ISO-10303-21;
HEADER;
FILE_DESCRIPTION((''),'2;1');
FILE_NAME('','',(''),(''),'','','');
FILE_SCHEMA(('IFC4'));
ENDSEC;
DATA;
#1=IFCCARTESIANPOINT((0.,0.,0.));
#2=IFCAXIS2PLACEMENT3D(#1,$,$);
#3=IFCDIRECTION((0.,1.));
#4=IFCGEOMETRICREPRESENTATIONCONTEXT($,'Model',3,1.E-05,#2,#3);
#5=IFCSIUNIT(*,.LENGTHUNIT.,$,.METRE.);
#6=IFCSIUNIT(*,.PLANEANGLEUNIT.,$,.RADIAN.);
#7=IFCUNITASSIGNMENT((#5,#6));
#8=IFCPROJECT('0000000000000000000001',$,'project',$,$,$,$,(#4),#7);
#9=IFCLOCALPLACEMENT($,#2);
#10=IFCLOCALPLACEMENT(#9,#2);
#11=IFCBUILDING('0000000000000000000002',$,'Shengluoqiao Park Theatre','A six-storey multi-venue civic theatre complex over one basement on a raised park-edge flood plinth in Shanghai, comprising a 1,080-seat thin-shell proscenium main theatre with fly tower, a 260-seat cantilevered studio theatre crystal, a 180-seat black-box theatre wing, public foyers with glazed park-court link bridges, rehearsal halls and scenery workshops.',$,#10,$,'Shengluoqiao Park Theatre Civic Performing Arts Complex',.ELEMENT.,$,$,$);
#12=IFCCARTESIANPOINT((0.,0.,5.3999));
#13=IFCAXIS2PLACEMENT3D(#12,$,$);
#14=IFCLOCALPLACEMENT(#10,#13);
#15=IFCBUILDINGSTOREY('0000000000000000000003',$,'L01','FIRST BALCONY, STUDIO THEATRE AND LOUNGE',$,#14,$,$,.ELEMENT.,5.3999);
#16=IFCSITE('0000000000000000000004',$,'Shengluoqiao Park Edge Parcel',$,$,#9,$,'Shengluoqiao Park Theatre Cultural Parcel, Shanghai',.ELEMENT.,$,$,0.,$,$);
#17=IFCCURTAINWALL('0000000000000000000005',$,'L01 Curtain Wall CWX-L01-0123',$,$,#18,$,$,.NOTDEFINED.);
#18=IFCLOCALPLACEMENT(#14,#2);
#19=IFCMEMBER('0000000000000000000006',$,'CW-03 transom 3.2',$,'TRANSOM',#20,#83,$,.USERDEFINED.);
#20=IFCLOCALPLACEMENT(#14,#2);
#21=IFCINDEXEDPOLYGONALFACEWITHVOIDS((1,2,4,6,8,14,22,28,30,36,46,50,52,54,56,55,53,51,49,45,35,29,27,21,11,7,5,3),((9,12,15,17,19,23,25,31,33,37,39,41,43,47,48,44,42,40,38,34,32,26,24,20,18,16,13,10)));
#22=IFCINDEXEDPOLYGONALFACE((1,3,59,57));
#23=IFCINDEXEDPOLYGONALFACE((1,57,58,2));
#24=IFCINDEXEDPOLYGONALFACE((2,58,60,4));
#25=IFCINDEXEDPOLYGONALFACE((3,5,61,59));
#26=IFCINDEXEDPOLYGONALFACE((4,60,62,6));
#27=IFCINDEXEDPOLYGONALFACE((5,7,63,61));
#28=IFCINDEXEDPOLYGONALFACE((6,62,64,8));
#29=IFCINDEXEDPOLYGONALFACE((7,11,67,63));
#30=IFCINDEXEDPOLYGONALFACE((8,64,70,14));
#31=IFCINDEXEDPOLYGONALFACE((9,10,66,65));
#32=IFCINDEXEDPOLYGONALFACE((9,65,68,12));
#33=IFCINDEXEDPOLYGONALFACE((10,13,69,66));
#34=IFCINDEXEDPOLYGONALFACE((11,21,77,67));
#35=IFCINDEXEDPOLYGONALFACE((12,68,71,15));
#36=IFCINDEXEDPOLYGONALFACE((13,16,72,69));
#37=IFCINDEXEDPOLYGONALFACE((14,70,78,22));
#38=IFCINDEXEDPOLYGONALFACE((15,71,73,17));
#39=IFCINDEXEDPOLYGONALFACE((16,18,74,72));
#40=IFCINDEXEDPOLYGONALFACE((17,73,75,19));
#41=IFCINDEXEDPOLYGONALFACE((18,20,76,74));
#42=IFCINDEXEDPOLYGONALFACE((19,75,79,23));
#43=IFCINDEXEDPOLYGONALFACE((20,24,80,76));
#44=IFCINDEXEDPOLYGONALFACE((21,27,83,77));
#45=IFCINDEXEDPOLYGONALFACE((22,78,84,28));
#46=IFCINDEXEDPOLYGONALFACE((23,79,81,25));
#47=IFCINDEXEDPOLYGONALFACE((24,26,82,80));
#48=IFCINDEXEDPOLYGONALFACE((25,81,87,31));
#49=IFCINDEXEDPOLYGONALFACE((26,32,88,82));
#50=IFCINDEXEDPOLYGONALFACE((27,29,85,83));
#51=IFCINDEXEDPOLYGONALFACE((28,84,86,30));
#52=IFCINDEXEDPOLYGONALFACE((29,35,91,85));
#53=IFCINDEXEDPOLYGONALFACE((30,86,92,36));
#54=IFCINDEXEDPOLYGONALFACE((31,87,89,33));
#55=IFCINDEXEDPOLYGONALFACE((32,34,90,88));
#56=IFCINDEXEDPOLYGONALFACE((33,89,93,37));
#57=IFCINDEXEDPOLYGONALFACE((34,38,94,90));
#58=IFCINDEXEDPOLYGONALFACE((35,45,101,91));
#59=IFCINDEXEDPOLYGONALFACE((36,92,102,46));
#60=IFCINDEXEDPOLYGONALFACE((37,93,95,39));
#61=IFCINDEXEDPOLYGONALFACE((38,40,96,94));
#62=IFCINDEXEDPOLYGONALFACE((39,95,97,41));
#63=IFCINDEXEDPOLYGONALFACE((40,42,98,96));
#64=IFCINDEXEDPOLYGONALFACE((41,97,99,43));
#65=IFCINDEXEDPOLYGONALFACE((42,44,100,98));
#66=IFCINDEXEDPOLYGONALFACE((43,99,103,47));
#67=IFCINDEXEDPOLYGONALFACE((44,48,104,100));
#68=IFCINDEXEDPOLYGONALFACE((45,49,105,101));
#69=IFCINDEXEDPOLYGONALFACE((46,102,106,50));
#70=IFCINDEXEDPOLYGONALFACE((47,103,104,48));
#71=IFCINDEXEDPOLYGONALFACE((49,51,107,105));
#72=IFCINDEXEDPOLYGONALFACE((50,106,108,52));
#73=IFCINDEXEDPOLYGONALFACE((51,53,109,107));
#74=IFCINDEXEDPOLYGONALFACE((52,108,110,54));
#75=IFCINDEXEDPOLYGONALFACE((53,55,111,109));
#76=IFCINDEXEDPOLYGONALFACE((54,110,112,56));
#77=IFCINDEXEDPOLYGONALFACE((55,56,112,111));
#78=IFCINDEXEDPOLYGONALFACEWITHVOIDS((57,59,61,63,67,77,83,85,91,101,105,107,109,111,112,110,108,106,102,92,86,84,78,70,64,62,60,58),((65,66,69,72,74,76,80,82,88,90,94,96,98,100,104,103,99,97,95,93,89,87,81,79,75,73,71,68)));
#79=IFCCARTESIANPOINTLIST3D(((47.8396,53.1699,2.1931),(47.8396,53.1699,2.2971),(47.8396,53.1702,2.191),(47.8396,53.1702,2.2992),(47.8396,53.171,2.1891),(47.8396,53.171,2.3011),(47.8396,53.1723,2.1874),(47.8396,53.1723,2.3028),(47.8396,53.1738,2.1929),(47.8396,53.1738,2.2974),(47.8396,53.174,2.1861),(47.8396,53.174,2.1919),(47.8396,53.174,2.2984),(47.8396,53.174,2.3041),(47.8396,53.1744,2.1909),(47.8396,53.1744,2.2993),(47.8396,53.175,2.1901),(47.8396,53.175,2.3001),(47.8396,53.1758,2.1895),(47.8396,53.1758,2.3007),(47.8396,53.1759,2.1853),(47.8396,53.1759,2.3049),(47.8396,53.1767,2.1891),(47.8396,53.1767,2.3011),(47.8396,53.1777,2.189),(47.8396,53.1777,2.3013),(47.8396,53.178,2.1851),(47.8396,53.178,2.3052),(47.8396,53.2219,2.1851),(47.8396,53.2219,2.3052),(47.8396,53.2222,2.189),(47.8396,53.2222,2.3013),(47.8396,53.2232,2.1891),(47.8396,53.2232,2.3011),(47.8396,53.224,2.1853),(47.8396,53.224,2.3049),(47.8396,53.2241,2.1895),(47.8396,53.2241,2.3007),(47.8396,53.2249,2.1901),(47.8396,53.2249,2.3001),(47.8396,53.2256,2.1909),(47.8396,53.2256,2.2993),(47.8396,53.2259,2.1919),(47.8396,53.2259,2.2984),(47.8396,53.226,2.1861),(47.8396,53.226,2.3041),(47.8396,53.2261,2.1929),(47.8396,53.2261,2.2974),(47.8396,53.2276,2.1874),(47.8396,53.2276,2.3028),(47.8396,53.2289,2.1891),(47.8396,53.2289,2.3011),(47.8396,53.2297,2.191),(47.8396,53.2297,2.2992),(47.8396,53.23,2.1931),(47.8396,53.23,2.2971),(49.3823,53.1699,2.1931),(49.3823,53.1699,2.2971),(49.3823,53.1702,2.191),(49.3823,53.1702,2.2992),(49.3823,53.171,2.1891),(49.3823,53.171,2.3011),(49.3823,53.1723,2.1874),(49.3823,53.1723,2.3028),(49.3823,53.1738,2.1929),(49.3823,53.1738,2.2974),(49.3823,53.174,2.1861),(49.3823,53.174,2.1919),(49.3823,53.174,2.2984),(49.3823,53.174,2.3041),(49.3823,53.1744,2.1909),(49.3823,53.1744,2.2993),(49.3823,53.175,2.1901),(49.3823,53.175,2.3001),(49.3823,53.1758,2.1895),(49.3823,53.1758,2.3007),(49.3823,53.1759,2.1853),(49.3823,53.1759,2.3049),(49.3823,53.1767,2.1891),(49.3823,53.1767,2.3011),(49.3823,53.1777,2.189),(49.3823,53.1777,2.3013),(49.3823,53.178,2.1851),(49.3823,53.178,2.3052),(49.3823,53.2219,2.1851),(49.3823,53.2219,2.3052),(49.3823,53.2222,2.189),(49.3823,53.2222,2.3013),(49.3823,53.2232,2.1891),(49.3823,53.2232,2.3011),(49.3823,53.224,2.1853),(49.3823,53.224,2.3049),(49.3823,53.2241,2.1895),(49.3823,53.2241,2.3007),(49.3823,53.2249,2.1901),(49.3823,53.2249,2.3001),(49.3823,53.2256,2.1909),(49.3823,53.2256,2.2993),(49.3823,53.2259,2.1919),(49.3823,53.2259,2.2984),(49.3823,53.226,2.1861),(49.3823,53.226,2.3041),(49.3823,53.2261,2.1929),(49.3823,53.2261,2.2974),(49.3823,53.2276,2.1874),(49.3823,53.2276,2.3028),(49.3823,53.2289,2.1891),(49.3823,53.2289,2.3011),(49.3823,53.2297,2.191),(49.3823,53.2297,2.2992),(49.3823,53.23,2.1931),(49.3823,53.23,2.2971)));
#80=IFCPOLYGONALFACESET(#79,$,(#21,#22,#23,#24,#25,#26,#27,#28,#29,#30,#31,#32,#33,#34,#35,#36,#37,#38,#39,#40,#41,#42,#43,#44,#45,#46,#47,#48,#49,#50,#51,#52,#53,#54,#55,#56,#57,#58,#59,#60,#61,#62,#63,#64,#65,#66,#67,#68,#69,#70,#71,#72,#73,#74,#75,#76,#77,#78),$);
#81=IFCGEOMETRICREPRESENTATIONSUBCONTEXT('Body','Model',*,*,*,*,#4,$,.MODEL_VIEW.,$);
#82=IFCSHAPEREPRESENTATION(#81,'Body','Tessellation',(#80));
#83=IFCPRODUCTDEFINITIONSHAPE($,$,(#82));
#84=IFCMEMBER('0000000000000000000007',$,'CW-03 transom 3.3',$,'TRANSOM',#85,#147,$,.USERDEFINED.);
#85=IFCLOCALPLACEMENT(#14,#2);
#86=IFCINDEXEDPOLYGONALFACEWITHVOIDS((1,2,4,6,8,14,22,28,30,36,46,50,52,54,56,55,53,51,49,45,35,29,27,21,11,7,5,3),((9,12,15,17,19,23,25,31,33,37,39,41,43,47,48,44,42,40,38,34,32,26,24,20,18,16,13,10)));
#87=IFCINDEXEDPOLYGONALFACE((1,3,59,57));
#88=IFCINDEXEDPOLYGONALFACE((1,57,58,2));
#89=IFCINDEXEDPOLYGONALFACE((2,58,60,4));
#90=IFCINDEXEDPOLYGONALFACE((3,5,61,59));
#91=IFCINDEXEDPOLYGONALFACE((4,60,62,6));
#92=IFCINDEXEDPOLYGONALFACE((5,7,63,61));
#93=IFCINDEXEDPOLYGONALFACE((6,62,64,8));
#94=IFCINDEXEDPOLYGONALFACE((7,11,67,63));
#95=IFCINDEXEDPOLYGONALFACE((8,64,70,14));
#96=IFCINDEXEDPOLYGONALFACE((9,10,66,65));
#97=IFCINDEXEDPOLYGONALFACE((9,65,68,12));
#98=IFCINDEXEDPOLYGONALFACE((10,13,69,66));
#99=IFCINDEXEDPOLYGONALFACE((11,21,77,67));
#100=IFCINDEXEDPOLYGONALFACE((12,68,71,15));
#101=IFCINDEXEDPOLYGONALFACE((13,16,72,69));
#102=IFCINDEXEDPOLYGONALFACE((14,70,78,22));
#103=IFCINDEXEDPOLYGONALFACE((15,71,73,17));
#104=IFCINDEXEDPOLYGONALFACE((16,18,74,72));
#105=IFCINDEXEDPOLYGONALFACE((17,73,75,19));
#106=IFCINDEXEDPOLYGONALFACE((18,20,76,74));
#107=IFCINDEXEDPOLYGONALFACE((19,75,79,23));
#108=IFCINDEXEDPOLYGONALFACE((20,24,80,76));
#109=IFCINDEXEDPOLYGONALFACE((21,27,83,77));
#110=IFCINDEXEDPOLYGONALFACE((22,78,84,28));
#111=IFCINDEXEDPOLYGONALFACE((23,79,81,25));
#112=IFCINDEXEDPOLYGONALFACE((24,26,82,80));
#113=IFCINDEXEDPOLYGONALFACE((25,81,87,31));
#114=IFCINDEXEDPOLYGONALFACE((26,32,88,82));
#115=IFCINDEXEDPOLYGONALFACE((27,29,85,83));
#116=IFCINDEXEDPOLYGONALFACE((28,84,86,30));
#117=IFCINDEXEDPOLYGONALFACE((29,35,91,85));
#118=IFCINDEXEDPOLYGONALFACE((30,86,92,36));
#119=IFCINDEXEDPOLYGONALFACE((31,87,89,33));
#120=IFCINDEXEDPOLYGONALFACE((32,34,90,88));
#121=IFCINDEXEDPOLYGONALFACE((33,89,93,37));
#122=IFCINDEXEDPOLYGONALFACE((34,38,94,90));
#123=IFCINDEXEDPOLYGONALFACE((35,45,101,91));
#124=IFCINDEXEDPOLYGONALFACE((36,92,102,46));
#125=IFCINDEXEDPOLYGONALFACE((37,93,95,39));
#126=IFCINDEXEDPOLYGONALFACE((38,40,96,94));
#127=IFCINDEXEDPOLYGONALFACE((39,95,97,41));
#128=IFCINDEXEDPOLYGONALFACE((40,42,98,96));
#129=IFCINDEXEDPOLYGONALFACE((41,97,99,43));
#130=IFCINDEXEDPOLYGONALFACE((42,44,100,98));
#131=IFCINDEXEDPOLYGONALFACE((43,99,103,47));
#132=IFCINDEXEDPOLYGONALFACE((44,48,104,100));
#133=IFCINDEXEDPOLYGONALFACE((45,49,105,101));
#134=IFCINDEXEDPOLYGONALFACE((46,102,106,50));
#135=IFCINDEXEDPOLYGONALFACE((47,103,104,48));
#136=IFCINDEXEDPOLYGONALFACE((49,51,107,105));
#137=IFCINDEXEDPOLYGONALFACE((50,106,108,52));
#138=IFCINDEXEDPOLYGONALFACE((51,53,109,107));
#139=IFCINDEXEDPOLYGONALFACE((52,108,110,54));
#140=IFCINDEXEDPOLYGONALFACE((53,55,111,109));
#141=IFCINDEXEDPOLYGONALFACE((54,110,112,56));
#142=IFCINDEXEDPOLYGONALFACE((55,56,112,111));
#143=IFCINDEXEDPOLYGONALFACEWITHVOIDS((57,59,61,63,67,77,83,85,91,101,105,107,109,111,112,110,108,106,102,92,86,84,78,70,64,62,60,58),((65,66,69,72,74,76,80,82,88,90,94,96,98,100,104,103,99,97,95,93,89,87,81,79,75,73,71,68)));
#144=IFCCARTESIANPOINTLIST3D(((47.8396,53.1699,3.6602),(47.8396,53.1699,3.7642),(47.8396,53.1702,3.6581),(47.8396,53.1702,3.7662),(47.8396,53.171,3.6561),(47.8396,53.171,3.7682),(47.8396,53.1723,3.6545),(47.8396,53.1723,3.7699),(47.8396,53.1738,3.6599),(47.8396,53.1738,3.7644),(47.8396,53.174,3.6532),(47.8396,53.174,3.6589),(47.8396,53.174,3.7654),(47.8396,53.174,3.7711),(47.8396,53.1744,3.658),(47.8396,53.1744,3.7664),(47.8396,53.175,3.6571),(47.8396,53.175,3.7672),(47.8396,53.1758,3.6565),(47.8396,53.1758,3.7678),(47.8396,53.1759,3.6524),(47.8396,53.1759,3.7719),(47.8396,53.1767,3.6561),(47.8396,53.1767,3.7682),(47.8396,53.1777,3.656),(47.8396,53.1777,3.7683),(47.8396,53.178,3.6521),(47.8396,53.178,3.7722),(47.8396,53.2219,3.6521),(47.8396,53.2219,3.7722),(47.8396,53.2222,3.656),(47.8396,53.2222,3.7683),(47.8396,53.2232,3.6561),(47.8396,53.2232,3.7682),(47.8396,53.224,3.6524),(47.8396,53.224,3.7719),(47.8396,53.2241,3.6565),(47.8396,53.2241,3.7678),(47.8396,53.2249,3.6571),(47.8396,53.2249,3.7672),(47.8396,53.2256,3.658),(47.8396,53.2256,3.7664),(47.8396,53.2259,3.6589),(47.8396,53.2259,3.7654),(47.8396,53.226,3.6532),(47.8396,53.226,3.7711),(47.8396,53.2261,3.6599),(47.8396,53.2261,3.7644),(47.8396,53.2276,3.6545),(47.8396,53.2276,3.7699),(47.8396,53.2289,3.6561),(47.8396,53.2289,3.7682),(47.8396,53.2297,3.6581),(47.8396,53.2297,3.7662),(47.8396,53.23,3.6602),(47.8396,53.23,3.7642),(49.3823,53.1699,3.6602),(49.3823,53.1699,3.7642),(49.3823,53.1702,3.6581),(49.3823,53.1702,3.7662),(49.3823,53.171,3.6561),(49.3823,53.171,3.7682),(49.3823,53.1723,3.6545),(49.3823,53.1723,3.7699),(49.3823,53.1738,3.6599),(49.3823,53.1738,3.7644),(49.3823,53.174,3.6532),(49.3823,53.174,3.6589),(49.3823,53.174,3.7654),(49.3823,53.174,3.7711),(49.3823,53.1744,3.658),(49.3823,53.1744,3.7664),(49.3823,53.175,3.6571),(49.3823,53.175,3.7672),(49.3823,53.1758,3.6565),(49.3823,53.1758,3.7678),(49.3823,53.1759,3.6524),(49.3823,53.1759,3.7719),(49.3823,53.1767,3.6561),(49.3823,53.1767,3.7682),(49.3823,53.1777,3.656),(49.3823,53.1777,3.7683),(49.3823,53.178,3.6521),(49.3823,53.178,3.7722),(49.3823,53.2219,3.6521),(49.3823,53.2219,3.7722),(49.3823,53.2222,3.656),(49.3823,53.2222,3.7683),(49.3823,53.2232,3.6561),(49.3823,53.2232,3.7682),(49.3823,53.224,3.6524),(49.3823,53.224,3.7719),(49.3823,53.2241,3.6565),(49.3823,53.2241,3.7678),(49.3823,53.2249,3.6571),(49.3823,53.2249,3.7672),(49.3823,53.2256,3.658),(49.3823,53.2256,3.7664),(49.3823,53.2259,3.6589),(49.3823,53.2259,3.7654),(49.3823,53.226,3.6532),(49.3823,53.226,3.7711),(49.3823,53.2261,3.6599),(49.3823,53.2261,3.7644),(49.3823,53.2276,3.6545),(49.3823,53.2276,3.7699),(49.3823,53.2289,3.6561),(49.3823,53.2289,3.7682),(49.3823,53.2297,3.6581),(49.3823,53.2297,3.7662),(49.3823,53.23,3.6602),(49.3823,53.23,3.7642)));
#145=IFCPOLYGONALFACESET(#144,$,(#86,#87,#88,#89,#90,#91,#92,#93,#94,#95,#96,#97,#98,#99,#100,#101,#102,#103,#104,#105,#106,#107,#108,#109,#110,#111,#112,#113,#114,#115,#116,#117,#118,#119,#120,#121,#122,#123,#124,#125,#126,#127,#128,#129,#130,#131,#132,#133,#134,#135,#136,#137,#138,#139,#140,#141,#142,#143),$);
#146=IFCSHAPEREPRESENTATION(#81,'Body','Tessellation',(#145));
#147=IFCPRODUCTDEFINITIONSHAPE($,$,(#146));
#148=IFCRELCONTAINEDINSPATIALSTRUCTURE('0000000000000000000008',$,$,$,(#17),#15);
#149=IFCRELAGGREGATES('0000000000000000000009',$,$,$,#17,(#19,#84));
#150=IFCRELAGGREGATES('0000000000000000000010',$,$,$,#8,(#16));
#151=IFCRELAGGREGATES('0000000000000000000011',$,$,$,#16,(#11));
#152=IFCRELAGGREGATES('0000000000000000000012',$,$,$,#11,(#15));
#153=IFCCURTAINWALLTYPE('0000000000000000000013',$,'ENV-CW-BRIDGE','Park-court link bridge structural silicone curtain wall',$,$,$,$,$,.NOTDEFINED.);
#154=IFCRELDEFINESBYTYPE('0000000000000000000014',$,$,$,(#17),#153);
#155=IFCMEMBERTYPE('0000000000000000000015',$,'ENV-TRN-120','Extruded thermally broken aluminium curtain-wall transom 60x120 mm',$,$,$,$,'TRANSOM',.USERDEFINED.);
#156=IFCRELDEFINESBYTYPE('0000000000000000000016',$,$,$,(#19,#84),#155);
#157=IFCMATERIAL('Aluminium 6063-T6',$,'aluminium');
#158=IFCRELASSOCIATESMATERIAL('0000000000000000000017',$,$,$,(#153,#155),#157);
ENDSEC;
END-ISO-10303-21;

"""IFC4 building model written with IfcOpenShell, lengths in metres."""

from ifc_helpers import new_model, si_unit, direction, frame, origin, origin_2d, place, context, subcontext, project, spatial, hollow_rectangle, extrude, material, material_profile, profile_set, type_object, element, aggregate, save


model = new_model("IFC4")

# Units and contexts
model_context = context("Model", 3, precision=1e-05, world=origin(), true_north=direction((0.0, 1.0)))
body_context = subcontext(model_context, "Body", "Model", "MODEL_VIEW")
ifc_project = project(units=[si_unit("LENGTHUNIT", "METRE"), si_unit("PLANEANGLEUNIT", "RADIAN")], contexts=[model_context])

# Site, building, storey
site_placement = place(None, origin())
site = spatial("IfcSite", under=ifc_project, at=site_placement, Name="Shengluoqiao Park Edge Parcel", LongName="Shengluoqiao Park Theatre Cultural Parcel, Shanghai", CompositionType="ELEMENT", RefElevation=0.0)
building_placement = place(site_placement, origin())
building = spatial("IfcBuilding", under=site, at=building_placement, Name="Shengluoqiao Park Theatre", Description="A six-storey multi-venue civic theatre complex over one basement on a raised park-edge flood plinth in Shanghai, comprising a 1,080-seat thin-shell proscenium main theatre with fly tower, a 260-seat cantilevered studio theatre crystal, a 180-seat black-box theatre wing, public foyers with glazed park-court link bridges, rehearsal halls and scenery workshops.", LongName="Shengluoqiao Park Theatre Civic Performing Arts Complex", CompositionType="ELEMENT")
storey_placement = place(building_placement, frame((0.0, 0.0, 5.3999)))
storey = spatial("IfcBuildingStorey", under=building, at=storey_placement, Name="L01", Description="FIRST BALCONY, STUDIO THEATRE AND LOUNGE", CompositionType="ELEMENT", Elevation=5.3999)

# Curtain wall, members
ifc_material_1 = material(Name="Aluminium 6063-T6", Category="aluminium")
curtain_wall_type = type_object("IfcCurtainWallType", Name="ENV-CW-BRIDGE", Description="Park-court link bridge structural silicone curtain wall", PredefinedType="NOTDEFINED", material=ifc_material_1)
curtain_wall_placement = place(storey_placement, origin())
curtain_wall = element("IfcCurtainWall", 1, at=curtain_wall_placement, inside=storey, type_object=curtain_wall_type, Name="L01 Curtain Wall CWX-L01-0123", PredefinedType="NOTDEFINED")
ifc_material_profile_1 = material_profile(ifc_material_1, hollow_rectangle(XDim=0.0601, YDim=0.1201, WallThickness=0.0039, InnerFilletRadius=0.0039, OuterFilletRadius=0.0081, at=origin_2d()), Name="ALU TRANSOM 120x60x4")
ifc_profile_set_1 = profile_set([ifc_material_profile_1], Name="Aluminium 6063-T6")
member_type_1 = type_object("IfcMemberType", Name="ENV-TRN-120", Description="Extruded thermally broken aluminium curtain-wall transom 60x120 mm", ElementType="TRANSOM", PredefinedType="USERDEFINED", material=ifc_profile_set_1)
member_1_placement = place(storey_placement, frame((47.8396, 53.2, 2.2451), z_axis=(1.0, 0.0, 0.0), x_axis=(0.0, 1.0, 0.0)))
member_1 = element("IfcMember", 2, at=member_1_placement, type_object=member_type_1, Name="CW-03 transom 3.2", ObjectType="TRANSOM", PredefinedType="USERDEFINED", context=body_context, shape_type="SweptSolid", body=[
    extrude(hollow_rectangle(XDim=0.0601, YDim=0.1201, WallThickness=0.0039, InnerFilletRadius=0.0039, OuterFilletRadius=0.0081, at=origin_2d()), origin(), (0.0, 0.0, 1.0), 1.5427),
])
member_2_placement = place(storey_placement, frame((47.8396, 53.2, 3.7122), z_axis=(1.0, 0.0, 0.0), x_axis=(0.0, 1.0, 0.0)))
member_2 = element("IfcMember", 3, at=member_2_placement, type_object=member_type_1, Name="CW-03 transom 3.3", ObjectType="TRANSOM", PredefinedType="USERDEFINED", context=body_context, shape_type="SweptSolid", body=[
    extrude(hollow_rectangle(XDim=0.0601, YDim=0.1201, WallThickness=0.0039, InnerFilletRadius=0.0039, OuterFilletRadius=0.0081, at=origin_2d()), origin(), (0.0, 0.0, 1.0), 1.5427),
])

aggregate(curtain_wall, [member_1, member_2])

save(model, "model.ifc")
